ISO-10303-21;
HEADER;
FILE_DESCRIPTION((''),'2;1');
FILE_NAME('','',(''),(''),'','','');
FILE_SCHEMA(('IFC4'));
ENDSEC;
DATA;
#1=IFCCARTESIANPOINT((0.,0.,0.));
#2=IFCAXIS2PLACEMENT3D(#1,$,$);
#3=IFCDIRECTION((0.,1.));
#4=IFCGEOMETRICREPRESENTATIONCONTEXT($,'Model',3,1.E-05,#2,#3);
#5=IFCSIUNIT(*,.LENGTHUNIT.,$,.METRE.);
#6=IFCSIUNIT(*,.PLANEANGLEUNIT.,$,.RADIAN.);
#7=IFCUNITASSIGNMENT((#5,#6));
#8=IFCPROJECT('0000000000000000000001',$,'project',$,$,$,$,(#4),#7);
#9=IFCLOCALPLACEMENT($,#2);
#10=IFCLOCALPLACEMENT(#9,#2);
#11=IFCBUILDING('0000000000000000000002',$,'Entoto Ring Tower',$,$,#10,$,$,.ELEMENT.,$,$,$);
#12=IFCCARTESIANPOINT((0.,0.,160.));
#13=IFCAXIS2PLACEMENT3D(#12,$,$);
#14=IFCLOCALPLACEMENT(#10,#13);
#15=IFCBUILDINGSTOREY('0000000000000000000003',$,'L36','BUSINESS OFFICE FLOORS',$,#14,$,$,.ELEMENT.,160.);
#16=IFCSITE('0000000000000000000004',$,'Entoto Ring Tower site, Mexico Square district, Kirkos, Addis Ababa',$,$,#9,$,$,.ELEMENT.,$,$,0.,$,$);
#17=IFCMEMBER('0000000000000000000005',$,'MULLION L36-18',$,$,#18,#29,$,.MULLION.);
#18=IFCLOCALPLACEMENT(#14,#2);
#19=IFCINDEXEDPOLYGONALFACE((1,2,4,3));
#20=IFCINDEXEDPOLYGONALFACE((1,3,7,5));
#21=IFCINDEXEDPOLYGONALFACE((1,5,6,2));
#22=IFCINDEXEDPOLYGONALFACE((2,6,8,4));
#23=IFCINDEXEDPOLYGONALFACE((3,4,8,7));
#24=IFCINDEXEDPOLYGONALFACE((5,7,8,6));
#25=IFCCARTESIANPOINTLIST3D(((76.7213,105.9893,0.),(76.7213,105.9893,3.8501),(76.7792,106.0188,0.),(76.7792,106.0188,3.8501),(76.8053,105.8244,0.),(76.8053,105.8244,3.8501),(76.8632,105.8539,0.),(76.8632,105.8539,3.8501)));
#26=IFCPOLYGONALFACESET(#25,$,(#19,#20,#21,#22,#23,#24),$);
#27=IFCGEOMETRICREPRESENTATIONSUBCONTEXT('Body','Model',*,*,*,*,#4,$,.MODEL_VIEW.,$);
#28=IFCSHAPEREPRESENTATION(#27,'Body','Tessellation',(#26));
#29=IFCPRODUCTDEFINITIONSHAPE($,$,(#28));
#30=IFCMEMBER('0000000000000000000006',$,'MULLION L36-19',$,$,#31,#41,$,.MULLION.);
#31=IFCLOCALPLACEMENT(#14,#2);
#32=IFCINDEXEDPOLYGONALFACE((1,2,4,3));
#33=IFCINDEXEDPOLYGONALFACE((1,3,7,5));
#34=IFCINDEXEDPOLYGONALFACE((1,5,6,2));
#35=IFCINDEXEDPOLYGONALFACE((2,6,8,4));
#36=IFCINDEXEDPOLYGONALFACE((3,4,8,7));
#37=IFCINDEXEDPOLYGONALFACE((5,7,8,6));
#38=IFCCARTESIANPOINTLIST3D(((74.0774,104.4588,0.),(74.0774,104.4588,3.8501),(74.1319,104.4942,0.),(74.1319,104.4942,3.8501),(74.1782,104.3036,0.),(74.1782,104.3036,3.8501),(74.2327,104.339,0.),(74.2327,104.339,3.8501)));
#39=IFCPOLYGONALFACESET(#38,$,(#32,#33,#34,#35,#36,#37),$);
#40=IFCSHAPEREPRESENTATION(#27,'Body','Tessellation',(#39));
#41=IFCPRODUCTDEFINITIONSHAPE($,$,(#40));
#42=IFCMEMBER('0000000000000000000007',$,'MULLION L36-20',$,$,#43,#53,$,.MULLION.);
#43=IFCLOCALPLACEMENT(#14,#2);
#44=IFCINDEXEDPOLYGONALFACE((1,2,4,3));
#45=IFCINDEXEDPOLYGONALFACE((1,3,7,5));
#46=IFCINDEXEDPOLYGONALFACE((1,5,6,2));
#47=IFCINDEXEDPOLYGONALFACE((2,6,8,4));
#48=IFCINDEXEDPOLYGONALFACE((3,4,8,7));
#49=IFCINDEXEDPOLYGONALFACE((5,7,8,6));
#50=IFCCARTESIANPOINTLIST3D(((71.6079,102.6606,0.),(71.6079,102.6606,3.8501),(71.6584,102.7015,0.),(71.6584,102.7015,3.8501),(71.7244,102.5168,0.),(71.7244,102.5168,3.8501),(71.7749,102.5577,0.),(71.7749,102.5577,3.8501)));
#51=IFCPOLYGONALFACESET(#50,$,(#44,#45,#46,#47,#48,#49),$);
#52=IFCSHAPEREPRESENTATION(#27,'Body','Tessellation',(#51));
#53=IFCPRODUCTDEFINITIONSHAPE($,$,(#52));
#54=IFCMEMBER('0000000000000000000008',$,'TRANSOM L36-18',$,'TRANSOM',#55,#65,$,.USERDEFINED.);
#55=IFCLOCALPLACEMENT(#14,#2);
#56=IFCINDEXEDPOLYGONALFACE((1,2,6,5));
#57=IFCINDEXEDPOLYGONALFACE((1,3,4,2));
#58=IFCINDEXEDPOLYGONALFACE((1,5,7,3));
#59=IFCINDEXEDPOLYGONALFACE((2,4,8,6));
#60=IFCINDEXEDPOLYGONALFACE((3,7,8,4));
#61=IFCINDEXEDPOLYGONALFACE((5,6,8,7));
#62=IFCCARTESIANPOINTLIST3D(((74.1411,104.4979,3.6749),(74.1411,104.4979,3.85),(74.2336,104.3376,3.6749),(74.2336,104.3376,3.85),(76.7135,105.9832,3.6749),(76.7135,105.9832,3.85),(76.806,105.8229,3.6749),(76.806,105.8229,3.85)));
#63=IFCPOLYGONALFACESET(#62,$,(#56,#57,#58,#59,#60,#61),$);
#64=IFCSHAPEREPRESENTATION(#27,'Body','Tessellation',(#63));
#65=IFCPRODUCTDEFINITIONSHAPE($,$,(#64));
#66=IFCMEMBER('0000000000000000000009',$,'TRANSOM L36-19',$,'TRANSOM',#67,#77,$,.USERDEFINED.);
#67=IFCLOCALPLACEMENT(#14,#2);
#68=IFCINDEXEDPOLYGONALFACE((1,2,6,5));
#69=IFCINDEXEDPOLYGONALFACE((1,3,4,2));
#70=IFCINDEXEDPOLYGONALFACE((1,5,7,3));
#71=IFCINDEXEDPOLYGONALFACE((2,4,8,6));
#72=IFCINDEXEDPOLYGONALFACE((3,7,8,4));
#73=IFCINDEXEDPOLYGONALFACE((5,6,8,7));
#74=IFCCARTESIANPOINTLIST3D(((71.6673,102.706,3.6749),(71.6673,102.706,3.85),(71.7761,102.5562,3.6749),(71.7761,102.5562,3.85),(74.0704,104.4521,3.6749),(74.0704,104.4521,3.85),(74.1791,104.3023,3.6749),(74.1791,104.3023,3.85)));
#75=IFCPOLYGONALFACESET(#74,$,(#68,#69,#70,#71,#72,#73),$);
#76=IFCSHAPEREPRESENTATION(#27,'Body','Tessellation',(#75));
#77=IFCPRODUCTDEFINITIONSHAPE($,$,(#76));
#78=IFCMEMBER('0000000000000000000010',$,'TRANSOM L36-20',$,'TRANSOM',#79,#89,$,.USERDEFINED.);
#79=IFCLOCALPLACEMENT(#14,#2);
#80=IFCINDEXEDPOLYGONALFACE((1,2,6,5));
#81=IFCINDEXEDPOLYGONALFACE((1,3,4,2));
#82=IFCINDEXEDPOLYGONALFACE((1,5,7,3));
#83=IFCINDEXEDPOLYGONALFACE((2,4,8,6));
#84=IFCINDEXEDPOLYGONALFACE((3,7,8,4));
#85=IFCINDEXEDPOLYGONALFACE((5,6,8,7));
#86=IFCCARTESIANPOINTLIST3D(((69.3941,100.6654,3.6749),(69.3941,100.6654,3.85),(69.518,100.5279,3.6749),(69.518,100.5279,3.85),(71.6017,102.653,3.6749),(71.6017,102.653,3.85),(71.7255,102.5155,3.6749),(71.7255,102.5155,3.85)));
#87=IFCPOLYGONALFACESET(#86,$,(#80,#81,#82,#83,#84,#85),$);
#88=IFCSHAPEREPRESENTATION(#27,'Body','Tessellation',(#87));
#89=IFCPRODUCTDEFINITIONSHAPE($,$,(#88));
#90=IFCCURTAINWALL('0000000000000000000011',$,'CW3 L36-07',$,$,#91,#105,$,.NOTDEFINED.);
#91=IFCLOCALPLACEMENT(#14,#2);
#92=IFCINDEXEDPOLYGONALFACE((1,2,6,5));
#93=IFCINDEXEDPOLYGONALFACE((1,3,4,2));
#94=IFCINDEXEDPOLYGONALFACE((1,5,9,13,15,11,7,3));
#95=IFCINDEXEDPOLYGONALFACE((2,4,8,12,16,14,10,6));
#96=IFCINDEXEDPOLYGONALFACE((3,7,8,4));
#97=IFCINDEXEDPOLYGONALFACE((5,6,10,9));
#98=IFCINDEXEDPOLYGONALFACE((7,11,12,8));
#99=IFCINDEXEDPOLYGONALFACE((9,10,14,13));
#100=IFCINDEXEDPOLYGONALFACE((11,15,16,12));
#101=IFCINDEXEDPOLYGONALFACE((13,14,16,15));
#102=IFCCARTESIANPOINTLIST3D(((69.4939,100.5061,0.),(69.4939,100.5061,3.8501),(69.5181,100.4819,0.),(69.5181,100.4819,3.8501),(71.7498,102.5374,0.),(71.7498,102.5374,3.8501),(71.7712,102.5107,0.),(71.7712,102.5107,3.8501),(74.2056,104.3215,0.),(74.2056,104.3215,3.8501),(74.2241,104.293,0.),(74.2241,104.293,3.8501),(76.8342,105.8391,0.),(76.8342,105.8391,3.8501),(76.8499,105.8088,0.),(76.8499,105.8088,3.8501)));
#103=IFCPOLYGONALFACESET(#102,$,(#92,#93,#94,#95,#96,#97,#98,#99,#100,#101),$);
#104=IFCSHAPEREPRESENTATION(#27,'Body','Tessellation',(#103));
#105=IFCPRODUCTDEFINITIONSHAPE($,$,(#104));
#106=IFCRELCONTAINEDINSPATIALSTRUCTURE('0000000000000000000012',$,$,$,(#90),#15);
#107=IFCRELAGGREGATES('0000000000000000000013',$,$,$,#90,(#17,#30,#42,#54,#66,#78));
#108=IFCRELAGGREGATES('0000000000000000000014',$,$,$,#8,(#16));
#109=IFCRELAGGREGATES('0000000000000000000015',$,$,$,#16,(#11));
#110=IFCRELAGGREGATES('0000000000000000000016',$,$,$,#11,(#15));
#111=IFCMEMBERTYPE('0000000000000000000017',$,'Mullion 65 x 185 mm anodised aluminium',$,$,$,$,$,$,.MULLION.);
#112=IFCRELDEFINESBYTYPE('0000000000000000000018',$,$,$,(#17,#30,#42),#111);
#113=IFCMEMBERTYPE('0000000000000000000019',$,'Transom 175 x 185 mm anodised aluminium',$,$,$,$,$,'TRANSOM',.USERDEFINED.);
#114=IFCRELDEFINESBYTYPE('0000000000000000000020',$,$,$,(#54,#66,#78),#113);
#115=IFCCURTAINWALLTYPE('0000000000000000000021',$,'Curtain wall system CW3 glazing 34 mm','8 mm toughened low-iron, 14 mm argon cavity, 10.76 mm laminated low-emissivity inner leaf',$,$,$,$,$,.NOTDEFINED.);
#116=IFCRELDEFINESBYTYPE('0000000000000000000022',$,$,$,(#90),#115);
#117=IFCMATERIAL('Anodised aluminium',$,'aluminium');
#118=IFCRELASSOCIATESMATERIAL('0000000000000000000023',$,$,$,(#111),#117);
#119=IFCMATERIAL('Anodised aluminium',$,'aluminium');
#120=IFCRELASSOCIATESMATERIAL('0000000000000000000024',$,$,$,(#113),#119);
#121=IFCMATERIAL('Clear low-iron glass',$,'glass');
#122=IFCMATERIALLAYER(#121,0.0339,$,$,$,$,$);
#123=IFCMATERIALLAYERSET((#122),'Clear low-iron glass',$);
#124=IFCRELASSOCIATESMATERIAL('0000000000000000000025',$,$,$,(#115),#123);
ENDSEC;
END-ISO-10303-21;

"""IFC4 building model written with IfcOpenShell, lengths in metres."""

from ifc_helpers import new_model, si_unit, direction, frame, origin, origin_2d, place, context, subcontext, project, spatial, polyline, rectangle, outline, extrude, material, layer, layer_set, material_profile, profile_set, type_object, element, aggregate, save


model = new_model("IFC4")

# Units and contexts
model_context = context("Model", 3, precision=1e-05, world=origin(), true_north=direction((0.0, 1.0)))
body_context = subcontext(model_context, "Body", "Model", "MODEL_VIEW")
ifc_project = project(units=[si_unit("LENGTHUNIT", "METRE"), si_unit("PLANEANGLEUNIT", "RADIAN")], contexts=[model_context])

# Members
ifc_material_1 = material(Name="Anodised aluminium", Category="aluminium")
ifc_material_profile_1 = material_profile(ifc_material_1, rectangle(XDim=0.0649, YDim=0.1851, at=origin_2d()), Name="Mullion 65 x 185 mm anodised aluminium")
ifc_profile_set_1 = profile_set([ifc_material_profile_1], Name="Anodised aluminium")
member_type_1 = type_object("IfcMemberType", Name="Mullion 65 x 185 mm anodised aluminium", PredefinedType="MULLION", material=ifc_profile_set_1)
site_placement = place(None, origin())
building_placement = place(site_placement, origin())
storey_placement = place(building_placement, frame((0.0, 0.0, 160.0)))
member_1_placement = place(storey_placement, frame((76.7922, 105.9216, 0.0), z_axis=(0.0, 0.0, 1.0), x_axis=(-0.891007, -0.45399, 0.0)))
member_1 = element("IfcMember", 1, at=member_1_placement, type_object=member_type_1, Name="MULLION L36-18", PredefinedType="MULLION", context=body_context, shape_type="SweptSolid", body=[
    extrude(rectangle(XDim=0.0649, YDim=0.1851, at=origin_2d()), origin(), (0.0, 0.0, 1.0), 3.8501),
])
member_2_placement = place(storey_placement, frame((74.155, 104.3989, 0.0), z_axis=(0.0, 0.0, 1.0), x_axis=(-0.838671, -0.544639, 0.0)))
member_2 = element("IfcMember", 2, at=member_2_placement, type_object=member_type_1, Name="MULLION L36-19", PredefinedType="MULLION", context=body_context, shape_type="SweptSolid", body=[
    extrude(rectangle(XDim=0.0649, YDim=0.1851, at=origin_2d()), origin(), (0.0, 0.0, 1.0), 3.8501),
])
member_3_placement = place(storey_placement, frame((71.6914, 102.6091, 0.0), z_axis=(0.0, 0.0, 1.0), x_axis=(-0.777146, -0.62932, 0.0)))
member_3 = element("IfcMember", 3, at=member_3_placement, type_object=member_type_1, Name="MULLION L36-20", PredefinedType="MULLION", context=body_context, shape_type="SweptSolid", body=[
    extrude(rectangle(XDim=0.0649, YDim=0.1851, at=origin_2d()), origin(), (0.0, 0.0, 1.0), 3.8501),
])
ifc_material_2 = material(Name="Anodised aluminium", Category="aluminium")
ifc_material_profile_2 = material_profile(ifc_material_2, rectangle(XDim=0.1851, YDim=0.175, at=origin_2d()), Name="Transom 175 x 185 mm anodised aluminium")
ifc_profile_set_2 = profile_set([ifc_material_profile_2], Name="Anodised aluminium")
member_type_2 = type_object("IfcMemberType", Name="Transom 175 x 185 mm anodised aluminium", ElementType="TRANSOM", PredefinedType="USERDEFINED", material=ifc_profile_set_2)
member_4_placement = place(storey_placement, frame((76.7598, 105.9031, 3.7625), z_axis=(-0.866009, -0.500028, 0.0), x_axis=(0.500028, -0.866009, 0.0)))
member_4 = element("IfcMember", 4, at=member_4_placement, type_object=member_type_2, Name="TRANSOM L36-18", ObjectType="TRANSOM", PredefinedType="USERDEFINED", context=body_context, shape_type="SweptSolid", body=[
    extrude(rectangle(XDim=0.1851, YDim=0.175, at=origin_2d()), origin(), (0.0, 0.0, 1.0), 2.9705),
])
member_5_placement = place(storey_placement, frame((74.1248, 104.3772, 3.7625), z_axis=(-0.808992, -0.58782, 0.0), x_axis=(0.58782, -0.808992, 0.0)))
member_5 = element("IfcMember", 5, at=member_5_placement, type_object=member_type_2, Name="TRANSOM L36-19", ObjectType="TRANSOM", PredefinedType="USERDEFINED", context=body_context, shape_type="SweptSolid", body=[
    extrude(rectangle(XDim=0.1851, YDim=0.175, at=origin_2d()), origin(), (0.0, 0.0, 1.0), 2.9705),
])
member_6_placement = place(storey_placement, frame((71.6636, 102.5842, 3.7625), z_axis=(-0.743163, -0.66911, 0.0), x_axis=(0.66911, -0.743163, 0.0)))
member_6 = element("IfcMember", 6, at=member_6_placement, type_object=member_type_2, Name="TRANSOM L36-20", ObjectType="TRANSOM", PredefinedType="USERDEFINED", context=body_context, shape_type="SweptSolid", body=[
    extrude(rectangle(XDim=0.1851, YDim=0.175, at=origin_2d()), origin(), (0.0, 0.0, 1.0), 2.9705),
])

# Site, building, storey
site = spatial("IfcSite", under=ifc_project, at=site_placement, Name="Entoto Ring Tower site, Mexico Square district, Kirkos, Addis Ababa", CompositionType="ELEMENT", RefElevation=0.0)
building = spatial("IfcBuilding", under=site, at=building_placement, Name="Entoto Ring Tower", CompositionType="ELEMENT")
storey = spatial("IfcBuildingStorey", under=building, at=storey_placement, Name="L36", Description="BUSINESS OFFICE FLOORS", CompositionType="ELEMENT", Elevation=160.0)

# Curtain wall
ifc_material_3 = material(Name="Clear low-iron glass", Category="glass")
ifc_layer = layer(ifc_material_3, 0.0339)
ifc_layer_set = layer_set([ifc_layer], Name="Clear low-iron glass")
curtain_wall_type = type_object("IfcCurtainWallType", Name="Curtain wall system CW3 glazing 34 mm", Description="8 mm toughened low-iron, 14 mm argon cavity, 10.76 mm laminated low-emissivity inner leaf", PredefinedType="NOTDEFINED", material=ifc_layer_set)
curtain_wall_1_placement = place(storey_placement, origin())
curtain_wall_1 = element("IfcCurtainWall", 7, at=curtain_wall_1_placement, inside=storey, type_object=curtain_wall_type, Name="CW3 L36-07", PredefinedType="NOTDEFINED", context=body_context, shape_type="SweptSolid", body=[
    extrude(outline(polyline([(76.8342, 105.8391), (74.2056, 104.3215), (71.7498, 102.5374), (69.4939, 100.5061), (69.5181, 100.4819), (71.7712, 102.5107), (74.2241, 104.293), (76.8499, 105.8088), (76.8342, 105.8391)])), origin(), (0.0, 0.0, 1.0), 3.8501),
])
aggregate(curtain_wall_1, [member_1, member_2, member_3, member_4, member_5, member_6])

save(model, "model.ifc")
